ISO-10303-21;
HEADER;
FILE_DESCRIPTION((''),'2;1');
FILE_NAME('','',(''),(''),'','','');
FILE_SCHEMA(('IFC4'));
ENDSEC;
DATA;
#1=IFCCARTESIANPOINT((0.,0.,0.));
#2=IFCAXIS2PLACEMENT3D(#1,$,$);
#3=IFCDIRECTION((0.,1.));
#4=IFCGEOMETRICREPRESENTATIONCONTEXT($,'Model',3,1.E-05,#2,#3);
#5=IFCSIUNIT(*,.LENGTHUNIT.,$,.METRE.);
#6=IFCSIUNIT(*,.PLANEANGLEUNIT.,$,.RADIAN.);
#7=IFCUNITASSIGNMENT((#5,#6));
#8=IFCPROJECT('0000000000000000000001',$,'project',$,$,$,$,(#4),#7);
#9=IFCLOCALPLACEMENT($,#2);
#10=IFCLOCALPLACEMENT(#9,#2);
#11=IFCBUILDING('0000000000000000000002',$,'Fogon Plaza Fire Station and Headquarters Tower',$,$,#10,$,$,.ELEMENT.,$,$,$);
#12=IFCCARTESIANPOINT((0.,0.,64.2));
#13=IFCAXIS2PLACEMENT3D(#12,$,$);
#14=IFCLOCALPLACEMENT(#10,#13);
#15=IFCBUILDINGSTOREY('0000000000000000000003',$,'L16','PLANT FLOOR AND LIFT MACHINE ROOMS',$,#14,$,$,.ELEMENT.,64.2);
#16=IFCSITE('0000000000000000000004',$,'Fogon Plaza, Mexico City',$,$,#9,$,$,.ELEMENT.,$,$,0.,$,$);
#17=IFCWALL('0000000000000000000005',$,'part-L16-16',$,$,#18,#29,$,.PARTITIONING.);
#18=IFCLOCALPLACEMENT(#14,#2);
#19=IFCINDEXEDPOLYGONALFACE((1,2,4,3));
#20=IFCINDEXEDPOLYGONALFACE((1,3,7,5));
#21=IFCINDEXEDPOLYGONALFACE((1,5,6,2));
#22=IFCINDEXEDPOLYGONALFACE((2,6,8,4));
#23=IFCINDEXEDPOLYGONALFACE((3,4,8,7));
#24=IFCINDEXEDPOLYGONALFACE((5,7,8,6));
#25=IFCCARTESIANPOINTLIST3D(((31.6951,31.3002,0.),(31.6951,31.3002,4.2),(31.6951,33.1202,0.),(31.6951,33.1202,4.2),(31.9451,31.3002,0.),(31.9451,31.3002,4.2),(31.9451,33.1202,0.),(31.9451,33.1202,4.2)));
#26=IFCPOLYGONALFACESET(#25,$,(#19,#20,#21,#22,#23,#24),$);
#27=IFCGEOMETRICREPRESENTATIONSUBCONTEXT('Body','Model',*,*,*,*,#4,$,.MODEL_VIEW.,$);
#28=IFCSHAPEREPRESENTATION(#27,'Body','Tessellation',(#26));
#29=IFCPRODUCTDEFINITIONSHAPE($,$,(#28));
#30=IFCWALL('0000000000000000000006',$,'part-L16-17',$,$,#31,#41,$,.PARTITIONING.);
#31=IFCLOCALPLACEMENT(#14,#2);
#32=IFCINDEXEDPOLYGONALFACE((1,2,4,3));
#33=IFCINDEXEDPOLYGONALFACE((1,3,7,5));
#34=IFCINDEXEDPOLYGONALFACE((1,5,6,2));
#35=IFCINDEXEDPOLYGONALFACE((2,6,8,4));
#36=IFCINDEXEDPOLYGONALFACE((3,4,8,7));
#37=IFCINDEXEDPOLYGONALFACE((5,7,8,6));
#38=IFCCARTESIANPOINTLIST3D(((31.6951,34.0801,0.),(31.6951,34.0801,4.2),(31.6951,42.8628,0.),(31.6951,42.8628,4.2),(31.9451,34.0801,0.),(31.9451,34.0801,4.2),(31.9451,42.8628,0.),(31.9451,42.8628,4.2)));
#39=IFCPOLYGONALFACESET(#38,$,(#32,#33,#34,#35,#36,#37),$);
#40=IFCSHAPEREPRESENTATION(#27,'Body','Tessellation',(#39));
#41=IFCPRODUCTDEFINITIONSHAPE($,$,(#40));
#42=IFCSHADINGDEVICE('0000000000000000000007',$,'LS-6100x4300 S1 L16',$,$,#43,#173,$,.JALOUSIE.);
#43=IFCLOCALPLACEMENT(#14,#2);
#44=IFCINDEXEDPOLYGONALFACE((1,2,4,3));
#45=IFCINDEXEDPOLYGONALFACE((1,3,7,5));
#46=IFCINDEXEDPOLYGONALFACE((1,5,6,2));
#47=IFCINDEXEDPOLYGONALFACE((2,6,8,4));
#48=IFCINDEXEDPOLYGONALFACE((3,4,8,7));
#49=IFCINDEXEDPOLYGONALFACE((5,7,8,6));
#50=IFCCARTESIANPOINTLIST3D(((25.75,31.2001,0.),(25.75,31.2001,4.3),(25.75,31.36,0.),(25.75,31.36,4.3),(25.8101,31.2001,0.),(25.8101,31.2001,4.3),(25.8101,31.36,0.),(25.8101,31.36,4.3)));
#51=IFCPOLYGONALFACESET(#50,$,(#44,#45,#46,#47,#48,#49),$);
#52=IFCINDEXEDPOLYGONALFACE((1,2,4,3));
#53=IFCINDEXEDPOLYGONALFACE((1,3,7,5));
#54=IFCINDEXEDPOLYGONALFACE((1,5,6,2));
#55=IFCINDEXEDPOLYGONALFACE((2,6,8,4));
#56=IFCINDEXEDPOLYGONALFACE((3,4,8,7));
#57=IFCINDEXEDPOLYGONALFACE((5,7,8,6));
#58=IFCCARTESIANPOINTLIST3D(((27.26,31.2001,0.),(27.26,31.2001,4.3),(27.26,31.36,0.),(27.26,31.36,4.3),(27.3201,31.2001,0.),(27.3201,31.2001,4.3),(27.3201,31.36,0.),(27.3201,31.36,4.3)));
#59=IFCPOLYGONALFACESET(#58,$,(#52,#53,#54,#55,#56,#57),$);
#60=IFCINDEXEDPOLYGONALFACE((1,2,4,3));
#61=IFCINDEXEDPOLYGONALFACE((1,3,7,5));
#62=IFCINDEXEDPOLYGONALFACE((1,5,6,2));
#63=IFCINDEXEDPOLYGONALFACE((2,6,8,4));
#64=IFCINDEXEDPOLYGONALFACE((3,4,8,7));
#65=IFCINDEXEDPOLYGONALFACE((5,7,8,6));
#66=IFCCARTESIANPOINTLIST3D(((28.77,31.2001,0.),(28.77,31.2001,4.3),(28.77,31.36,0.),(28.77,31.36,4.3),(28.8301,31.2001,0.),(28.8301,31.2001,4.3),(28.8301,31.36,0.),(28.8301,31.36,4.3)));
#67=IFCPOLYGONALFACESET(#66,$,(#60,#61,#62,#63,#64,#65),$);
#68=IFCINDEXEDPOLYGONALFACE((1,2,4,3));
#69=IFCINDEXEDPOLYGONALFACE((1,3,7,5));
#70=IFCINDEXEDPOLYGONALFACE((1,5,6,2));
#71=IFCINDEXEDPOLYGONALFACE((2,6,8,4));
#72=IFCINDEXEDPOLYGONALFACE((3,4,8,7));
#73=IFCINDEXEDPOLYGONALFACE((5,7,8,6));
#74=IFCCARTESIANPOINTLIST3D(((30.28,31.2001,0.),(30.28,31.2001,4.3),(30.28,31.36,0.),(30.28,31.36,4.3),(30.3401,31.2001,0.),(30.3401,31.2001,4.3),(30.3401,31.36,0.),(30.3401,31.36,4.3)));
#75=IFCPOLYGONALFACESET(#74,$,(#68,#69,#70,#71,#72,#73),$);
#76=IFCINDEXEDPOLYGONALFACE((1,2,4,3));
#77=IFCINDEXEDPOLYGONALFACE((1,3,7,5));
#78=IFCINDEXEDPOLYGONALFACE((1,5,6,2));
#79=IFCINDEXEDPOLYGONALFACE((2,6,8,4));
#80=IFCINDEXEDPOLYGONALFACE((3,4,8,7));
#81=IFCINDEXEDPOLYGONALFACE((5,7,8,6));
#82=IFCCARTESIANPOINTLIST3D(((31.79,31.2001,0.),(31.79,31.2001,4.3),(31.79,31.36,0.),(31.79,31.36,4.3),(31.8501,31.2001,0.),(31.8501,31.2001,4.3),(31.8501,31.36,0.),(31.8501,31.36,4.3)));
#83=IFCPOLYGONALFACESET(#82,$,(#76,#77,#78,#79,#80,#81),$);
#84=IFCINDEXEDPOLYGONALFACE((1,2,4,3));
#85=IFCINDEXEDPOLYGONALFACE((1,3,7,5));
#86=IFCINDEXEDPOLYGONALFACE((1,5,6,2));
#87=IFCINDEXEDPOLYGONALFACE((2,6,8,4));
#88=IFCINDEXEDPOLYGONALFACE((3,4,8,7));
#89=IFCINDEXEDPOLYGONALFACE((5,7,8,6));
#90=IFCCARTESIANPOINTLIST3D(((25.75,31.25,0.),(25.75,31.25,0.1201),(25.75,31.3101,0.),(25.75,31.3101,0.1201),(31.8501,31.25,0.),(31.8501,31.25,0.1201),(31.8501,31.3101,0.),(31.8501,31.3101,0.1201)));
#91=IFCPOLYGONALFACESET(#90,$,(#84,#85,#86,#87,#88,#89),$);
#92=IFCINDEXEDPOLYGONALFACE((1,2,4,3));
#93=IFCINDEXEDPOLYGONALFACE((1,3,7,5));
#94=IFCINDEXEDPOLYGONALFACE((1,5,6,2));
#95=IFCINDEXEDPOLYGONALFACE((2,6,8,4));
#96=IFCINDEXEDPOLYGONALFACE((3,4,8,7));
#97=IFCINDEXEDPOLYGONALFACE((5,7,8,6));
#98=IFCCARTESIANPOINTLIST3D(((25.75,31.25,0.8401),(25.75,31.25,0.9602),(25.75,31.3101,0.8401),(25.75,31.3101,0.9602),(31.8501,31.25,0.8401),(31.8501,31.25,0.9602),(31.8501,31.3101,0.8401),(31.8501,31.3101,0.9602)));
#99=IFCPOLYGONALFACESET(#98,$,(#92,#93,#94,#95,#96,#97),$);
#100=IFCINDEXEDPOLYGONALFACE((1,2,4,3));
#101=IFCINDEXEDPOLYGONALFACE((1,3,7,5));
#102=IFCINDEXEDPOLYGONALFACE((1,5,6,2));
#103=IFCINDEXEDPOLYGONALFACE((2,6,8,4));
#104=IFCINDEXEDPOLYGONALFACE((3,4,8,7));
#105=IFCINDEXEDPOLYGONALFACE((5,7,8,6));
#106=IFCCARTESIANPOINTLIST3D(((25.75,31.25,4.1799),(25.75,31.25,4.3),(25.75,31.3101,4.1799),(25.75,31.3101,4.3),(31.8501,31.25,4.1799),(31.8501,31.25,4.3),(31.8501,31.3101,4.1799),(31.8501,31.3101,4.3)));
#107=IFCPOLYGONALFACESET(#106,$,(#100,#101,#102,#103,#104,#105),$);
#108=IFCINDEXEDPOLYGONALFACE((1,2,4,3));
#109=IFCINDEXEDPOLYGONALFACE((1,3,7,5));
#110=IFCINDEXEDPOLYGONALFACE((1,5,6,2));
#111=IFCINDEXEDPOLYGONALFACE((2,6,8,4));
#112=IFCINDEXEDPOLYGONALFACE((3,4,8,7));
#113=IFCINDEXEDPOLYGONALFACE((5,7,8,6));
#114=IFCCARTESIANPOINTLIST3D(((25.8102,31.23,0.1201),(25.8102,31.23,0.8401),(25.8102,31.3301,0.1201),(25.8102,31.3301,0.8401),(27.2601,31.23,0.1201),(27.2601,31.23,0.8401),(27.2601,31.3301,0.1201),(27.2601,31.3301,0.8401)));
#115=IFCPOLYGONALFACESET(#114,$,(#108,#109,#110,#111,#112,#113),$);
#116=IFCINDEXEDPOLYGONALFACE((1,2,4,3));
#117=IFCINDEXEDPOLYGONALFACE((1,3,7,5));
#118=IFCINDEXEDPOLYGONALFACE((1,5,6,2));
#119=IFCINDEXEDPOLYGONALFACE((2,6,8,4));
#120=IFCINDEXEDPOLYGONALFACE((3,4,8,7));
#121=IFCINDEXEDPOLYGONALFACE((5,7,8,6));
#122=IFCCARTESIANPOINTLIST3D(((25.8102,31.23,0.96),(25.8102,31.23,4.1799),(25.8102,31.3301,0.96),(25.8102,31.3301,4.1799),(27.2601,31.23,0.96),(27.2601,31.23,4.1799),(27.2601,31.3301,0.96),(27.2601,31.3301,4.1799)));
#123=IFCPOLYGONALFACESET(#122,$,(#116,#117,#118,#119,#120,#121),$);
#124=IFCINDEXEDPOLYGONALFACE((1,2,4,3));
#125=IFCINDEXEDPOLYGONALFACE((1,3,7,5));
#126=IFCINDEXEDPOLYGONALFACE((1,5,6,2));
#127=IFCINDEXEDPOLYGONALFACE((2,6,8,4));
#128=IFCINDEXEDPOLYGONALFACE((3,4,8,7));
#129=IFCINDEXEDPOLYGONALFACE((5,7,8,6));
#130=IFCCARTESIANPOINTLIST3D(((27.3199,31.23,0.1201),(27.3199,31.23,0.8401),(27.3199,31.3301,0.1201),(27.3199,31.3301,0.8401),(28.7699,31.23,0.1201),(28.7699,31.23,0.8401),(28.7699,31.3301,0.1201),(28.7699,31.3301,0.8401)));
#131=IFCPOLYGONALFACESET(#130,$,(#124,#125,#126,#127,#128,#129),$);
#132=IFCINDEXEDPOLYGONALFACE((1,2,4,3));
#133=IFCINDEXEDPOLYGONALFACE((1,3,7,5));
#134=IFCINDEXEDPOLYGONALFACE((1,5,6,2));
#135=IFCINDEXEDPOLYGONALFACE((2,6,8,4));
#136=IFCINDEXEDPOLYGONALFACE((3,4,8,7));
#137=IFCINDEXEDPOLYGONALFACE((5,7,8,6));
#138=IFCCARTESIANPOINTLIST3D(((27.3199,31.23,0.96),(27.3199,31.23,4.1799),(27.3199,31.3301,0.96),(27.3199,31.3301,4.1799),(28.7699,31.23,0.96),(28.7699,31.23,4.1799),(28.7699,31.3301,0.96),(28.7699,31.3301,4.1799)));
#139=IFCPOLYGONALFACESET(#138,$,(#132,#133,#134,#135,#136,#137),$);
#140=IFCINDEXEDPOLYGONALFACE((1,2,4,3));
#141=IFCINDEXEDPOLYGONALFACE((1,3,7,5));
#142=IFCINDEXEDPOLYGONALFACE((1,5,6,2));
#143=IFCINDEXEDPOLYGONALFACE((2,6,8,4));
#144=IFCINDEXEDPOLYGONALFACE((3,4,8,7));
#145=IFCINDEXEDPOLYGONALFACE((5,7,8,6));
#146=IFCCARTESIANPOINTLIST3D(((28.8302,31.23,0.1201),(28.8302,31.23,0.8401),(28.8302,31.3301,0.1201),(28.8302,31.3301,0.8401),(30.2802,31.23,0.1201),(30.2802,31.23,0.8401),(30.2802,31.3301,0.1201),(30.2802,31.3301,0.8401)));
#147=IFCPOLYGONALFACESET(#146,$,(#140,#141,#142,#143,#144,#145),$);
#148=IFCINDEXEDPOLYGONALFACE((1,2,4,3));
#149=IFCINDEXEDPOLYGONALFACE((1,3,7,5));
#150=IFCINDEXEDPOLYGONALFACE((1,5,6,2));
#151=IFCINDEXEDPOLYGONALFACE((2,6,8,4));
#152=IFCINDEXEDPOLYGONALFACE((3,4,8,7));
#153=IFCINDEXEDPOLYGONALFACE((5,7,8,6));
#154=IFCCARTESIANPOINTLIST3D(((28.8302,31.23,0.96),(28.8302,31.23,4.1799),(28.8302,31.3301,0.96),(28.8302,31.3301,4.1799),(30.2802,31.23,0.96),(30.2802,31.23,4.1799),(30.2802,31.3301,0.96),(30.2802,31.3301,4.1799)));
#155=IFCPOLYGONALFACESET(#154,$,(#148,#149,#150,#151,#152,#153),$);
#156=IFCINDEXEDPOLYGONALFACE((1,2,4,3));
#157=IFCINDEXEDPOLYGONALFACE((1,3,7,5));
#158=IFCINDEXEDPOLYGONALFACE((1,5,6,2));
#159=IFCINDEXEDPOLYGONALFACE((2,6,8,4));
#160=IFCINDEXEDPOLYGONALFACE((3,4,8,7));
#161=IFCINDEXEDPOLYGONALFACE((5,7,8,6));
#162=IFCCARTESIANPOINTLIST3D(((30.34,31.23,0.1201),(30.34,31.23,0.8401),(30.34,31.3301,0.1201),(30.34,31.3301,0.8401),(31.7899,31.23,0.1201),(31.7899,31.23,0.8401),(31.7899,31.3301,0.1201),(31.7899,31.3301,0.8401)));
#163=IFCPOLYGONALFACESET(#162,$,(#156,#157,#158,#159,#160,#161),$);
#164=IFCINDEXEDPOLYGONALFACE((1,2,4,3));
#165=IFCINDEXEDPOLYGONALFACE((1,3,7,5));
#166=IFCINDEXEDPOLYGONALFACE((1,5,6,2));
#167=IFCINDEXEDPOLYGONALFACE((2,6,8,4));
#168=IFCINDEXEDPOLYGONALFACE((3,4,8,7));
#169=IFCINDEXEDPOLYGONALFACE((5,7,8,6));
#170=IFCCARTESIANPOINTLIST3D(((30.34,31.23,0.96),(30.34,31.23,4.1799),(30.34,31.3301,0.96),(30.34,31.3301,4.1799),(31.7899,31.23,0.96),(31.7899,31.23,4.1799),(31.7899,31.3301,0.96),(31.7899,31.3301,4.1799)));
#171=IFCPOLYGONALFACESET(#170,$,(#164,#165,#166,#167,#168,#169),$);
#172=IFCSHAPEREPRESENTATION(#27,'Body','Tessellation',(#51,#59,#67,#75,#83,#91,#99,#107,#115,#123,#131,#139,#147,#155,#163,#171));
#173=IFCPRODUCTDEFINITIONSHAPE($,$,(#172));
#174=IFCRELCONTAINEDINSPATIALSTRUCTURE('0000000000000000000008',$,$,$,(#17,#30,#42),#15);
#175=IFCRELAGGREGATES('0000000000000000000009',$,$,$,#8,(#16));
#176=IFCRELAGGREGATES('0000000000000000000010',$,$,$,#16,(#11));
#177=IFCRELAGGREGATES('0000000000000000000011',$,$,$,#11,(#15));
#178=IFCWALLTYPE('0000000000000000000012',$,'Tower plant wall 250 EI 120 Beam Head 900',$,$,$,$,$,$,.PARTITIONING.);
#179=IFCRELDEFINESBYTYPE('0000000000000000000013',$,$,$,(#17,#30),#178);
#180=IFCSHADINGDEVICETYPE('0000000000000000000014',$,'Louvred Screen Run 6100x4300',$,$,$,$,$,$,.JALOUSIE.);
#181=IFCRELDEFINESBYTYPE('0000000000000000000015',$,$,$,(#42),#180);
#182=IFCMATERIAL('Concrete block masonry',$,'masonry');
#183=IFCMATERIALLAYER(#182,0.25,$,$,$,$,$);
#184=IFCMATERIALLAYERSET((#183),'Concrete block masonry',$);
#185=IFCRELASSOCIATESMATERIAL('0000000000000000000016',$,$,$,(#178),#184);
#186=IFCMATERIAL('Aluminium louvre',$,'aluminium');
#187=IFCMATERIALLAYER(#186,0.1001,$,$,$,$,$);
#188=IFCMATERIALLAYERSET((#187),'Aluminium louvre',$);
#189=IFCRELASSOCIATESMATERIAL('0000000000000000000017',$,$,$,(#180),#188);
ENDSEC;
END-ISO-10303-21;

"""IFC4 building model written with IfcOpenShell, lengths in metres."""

from ifc_helpers import new_model, si_unit, direction, frame, frame_2d, origin, origin_2d, place, context, subcontext, project, spatial, rectangle, extrude, material, layer, layer_set, type_object, element, save


model = new_model("IFC4")

# Units and contexts
model_context = context("Model", 3, precision=1e-05, world=origin(), true_north=direction((0.0, 1.0)))
body_context = subcontext(model_context, "Body", "Model", "MODEL_VIEW")
ifc_project = project(units=[si_unit("LENGTHUNIT", "METRE"), si_unit("PLANEANGLEUNIT", "RADIAN")], contexts=[model_context])

# Site, building, storey
site_placement = place(None, origin())
site = spatial("IfcSite", under=ifc_project, at=site_placement, Name="Fogon Plaza, Mexico City", CompositionType="ELEMENT", RefElevation=0.0)
building_placement = place(site_placement, origin())
building = spatial("IfcBuilding", under=site, at=building_placement, Name="Fogon Plaza Fire Station and Headquarters Tower", CompositionType="ELEMENT")
storey_placement = place(building_placement, frame((0.0, 0.0, 64.2)))
storey = spatial("IfcBuildingStorey", under=building, at=storey_placement, Name="L16", Description="PLANT FLOOR AND LIFT MACHINE ROOMS", CompositionType="ELEMENT", Elevation=64.2)

# Walls
ifc_material_1 = material(Name="Concrete block masonry", Category="masonry")
ifc_layer_1 = layer(ifc_material_1, 0.25)
ifc_layer_set_1 = layer_set([ifc_layer_1], Name="Concrete block masonry")
wall_type_1 = type_object("IfcWallType", Name="Tower plant wall 250 EI 120 Beam Head 900", PredefinedType="PARTITIONING", material=ifc_layer_set_1)
wall_1_placement = place(storey_placement, frame((31.8201, 31.3, 0.0), z_axis=(0.0, 0.0, 1.0), x_axis=(0.0, 1.0, 0.0)))
element("IfcWall", 1, at=wall_1_placement, inside=storey, type_object=wall_type_1, Name="part-L16-16", PredefinedType="PARTITIONING", context=body_context, shape_type="SweptSolid", body=[
    extrude(rectangle(XDim=1.8201, YDim=0.25, at=frame_2d((0.9102, 0.0))), origin(), (0.0, 0.0, 1.0), 4.2),
])
wall_2_placement = place(storey_placement, frame((31.8201, 34.0801, 0.0), z_axis=(0.0, 0.0, 1.0), x_axis=(0.0, 1.0, 0.0)))
element("IfcWall", 2, at=wall_2_placement, inside=storey, type_object=wall_type_1, Name="part-L16-17", PredefinedType="PARTITIONING", context=body_context, shape_type="SweptSolid", body=[
    extrude(rectangle(XDim=8.7827, YDim=0.25, at=frame_2d((4.3914, 0.0))), origin(), (0.0, 0.0, 1.0), 4.2),
])

# Shading device
ifc_material_2 = material(Name="Aluminium louvre", Category="aluminium")
ifc_layer_2 = layer(ifc_material_2, 0.1001)
ifc_layer_set_2 = layer_set([ifc_layer_2], Name="Aluminium louvre")
shading_device_type = type_object("IfcShadingDeviceType", Name="Louvred Screen Run 6100x4300", PredefinedType="JALOUSIE", material=ifc_layer_set_2)
shading_device_1_placement = place(storey_placement, frame((25.75, 31.28, 0.0), z_axis=(0.0, 0.0, 1.0), x_axis=(1.0, 0.0, 0.0)))
element("IfcShadingDevice", 3, at=shading_device_1_placement, inside=storey, type_object=shading_device_type, Name="LS-6100x4300 S1 L16", PredefinedType="JALOUSIE", context=body_context, shape_type="SweptSolid", body=[
    extrude(rectangle(XDim=0.0601, YDim=0.1599, at=origin_2d()), frame((0.03, 0.0, 0.0), z_axis=(0.0, 0.0, 1.0), x_axis=(1.0, 0.0, 0.0)), (0.0, 0.0, 1.0), 4.3),
    extrude(rectangle(XDim=0.0601, YDim=0.1599, at=origin_2d()), frame((1.54, 0.0, 0.0), z_axis=(0.0, 0.0, 1.0), x_axis=(1.0, 0.0, 0.0)), (0.0, 0.0, 1.0), 4.3),
    extrude(rectangle(XDim=0.0601, YDim=0.1599, at=origin_2d()), frame((3.05, 0.0, 0.0), z_axis=(0.0, 0.0, 1.0), x_axis=(1.0, 0.0, 0.0)), (0.0, 0.0, 1.0), 4.3),
    extrude(rectangle(XDim=0.0601, YDim=0.1599, at=origin_2d()), frame((4.5601, 0.0, 0.0), z_axis=(0.0, 0.0, 1.0), x_axis=(1.0, 0.0, 0.0)), (0.0, 0.0, 1.0), 4.3),
    extrude(rectangle(XDim=0.0601, YDim=0.1599, at=origin_2d()), frame((6.0701, 0.0, 0.0), z_axis=(0.0, 0.0, 1.0), x_axis=(1.0, 0.0, 0.0)), (0.0, 0.0, 1.0), 4.3),
    extrude(rectangle(XDim=0.1201, YDim=0.0601, at=origin_2d()), frame((0.0, 0.0, 0.0601), z_axis=(1.0, 0.0, 0.0), x_axis=(0.0, 0.0, 1.0)), (0.0, 0.0, 1.0), 6.1001),
    extrude(rectangle(XDim=0.1201, YDim=0.0601, at=origin_2d()), frame((0.0, 0.0, 0.9001), z_axis=(1.0, 0.0, 0.0), x_axis=(0.0, 0.0, 1.0)), (0.0, 0.0, 1.0), 6.1001),
    extrude(rectangle(XDim=0.1201, YDim=0.0601, at=origin_2d()), frame((0.0, 0.0, 4.24), z_axis=(1.0, 0.0, 0.0), x_axis=(0.0, 0.0, 1.0)), (0.0, 0.0, 1.0), 6.1001),
    extrude(rectangle(XDim=1.45, YDim=0.1001, at=origin_2d()), frame((0.7852, 0.0, 0.1201), z_axis=(0.0, 0.0, 1.0), x_axis=(1.0, 0.0, 0.0)), (0.0, 0.0, 1.0), 0.72),
    extrude(rectangle(XDim=1.45, YDim=0.1001, at=origin_2d()), frame((0.7852, 0.0, 0.96), z_axis=(0.0, 0.0, 1.0), x_axis=(1.0, 0.0, 0.0)), (0.0, 0.0, 1.0), 3.22),
    extrude(rectangle(XDim=1.45, YDim=0.1001, at=origin_2d()), frame((2.2949, 0.0, 0.1201), z_axis=(0.0, 0.0, 1.0), x_axis=(1.0, 0.0, 0.0)), (0.0, 0.0, 1.0), 0.72),
    extrude(rectangle(XDim=1.45, YDim=0.1001, at=origin_2d()), frame((2.2949, 0.0, 0.96), z_axis=(0.0, 0.0, 1.0), x_axis=(1.0, 0.0, 0.0)), (0.0, 0.0, 1.0), 3.22),
    extrude(rectangle(XDim=1.45, YDim=0.1001, at=origin_2d()), frame((3.8052, 0.0, 0.1201), z_axis=(0.0, 0.0, 1.0), x_axis=(1.0, 0.0, 0.0)), (0.0, 0.0, 1.0), 0.72),
    extrude(rectangle(XDim=1.45, YDim=0.1001, at=origin_2d()), frame((3.8052, 0.0, 0.96), z_axis=(0.0, 0.0, 1.0), x_axis=(1.0, 0.0, 0.0)), (0.0, 0.0, 1.0), 3.22),
    extrude(rectangle(XDim=1.45, YDim=0.1001, at=origin_2d()), frame((5.3149, 0.0, 0.1201), z_axis=(0.0, 0.0, 1.0), x_axis=(1.0, 0.0, 0.0)), (0.0, 0.0, 1.0), 0.72),
    extrude(rectangle(XDim=1.45, YDim=0.1001, at=origin_2d()), frame((5.3149, 0.0, 0.96), z_axis=(0.0, 0.0, 1.0), x_axis=(1.0, 0.0, 0.0)), (0.0, 0.0, 1.0), 3.22),
])

save(model, "model.ifc")
